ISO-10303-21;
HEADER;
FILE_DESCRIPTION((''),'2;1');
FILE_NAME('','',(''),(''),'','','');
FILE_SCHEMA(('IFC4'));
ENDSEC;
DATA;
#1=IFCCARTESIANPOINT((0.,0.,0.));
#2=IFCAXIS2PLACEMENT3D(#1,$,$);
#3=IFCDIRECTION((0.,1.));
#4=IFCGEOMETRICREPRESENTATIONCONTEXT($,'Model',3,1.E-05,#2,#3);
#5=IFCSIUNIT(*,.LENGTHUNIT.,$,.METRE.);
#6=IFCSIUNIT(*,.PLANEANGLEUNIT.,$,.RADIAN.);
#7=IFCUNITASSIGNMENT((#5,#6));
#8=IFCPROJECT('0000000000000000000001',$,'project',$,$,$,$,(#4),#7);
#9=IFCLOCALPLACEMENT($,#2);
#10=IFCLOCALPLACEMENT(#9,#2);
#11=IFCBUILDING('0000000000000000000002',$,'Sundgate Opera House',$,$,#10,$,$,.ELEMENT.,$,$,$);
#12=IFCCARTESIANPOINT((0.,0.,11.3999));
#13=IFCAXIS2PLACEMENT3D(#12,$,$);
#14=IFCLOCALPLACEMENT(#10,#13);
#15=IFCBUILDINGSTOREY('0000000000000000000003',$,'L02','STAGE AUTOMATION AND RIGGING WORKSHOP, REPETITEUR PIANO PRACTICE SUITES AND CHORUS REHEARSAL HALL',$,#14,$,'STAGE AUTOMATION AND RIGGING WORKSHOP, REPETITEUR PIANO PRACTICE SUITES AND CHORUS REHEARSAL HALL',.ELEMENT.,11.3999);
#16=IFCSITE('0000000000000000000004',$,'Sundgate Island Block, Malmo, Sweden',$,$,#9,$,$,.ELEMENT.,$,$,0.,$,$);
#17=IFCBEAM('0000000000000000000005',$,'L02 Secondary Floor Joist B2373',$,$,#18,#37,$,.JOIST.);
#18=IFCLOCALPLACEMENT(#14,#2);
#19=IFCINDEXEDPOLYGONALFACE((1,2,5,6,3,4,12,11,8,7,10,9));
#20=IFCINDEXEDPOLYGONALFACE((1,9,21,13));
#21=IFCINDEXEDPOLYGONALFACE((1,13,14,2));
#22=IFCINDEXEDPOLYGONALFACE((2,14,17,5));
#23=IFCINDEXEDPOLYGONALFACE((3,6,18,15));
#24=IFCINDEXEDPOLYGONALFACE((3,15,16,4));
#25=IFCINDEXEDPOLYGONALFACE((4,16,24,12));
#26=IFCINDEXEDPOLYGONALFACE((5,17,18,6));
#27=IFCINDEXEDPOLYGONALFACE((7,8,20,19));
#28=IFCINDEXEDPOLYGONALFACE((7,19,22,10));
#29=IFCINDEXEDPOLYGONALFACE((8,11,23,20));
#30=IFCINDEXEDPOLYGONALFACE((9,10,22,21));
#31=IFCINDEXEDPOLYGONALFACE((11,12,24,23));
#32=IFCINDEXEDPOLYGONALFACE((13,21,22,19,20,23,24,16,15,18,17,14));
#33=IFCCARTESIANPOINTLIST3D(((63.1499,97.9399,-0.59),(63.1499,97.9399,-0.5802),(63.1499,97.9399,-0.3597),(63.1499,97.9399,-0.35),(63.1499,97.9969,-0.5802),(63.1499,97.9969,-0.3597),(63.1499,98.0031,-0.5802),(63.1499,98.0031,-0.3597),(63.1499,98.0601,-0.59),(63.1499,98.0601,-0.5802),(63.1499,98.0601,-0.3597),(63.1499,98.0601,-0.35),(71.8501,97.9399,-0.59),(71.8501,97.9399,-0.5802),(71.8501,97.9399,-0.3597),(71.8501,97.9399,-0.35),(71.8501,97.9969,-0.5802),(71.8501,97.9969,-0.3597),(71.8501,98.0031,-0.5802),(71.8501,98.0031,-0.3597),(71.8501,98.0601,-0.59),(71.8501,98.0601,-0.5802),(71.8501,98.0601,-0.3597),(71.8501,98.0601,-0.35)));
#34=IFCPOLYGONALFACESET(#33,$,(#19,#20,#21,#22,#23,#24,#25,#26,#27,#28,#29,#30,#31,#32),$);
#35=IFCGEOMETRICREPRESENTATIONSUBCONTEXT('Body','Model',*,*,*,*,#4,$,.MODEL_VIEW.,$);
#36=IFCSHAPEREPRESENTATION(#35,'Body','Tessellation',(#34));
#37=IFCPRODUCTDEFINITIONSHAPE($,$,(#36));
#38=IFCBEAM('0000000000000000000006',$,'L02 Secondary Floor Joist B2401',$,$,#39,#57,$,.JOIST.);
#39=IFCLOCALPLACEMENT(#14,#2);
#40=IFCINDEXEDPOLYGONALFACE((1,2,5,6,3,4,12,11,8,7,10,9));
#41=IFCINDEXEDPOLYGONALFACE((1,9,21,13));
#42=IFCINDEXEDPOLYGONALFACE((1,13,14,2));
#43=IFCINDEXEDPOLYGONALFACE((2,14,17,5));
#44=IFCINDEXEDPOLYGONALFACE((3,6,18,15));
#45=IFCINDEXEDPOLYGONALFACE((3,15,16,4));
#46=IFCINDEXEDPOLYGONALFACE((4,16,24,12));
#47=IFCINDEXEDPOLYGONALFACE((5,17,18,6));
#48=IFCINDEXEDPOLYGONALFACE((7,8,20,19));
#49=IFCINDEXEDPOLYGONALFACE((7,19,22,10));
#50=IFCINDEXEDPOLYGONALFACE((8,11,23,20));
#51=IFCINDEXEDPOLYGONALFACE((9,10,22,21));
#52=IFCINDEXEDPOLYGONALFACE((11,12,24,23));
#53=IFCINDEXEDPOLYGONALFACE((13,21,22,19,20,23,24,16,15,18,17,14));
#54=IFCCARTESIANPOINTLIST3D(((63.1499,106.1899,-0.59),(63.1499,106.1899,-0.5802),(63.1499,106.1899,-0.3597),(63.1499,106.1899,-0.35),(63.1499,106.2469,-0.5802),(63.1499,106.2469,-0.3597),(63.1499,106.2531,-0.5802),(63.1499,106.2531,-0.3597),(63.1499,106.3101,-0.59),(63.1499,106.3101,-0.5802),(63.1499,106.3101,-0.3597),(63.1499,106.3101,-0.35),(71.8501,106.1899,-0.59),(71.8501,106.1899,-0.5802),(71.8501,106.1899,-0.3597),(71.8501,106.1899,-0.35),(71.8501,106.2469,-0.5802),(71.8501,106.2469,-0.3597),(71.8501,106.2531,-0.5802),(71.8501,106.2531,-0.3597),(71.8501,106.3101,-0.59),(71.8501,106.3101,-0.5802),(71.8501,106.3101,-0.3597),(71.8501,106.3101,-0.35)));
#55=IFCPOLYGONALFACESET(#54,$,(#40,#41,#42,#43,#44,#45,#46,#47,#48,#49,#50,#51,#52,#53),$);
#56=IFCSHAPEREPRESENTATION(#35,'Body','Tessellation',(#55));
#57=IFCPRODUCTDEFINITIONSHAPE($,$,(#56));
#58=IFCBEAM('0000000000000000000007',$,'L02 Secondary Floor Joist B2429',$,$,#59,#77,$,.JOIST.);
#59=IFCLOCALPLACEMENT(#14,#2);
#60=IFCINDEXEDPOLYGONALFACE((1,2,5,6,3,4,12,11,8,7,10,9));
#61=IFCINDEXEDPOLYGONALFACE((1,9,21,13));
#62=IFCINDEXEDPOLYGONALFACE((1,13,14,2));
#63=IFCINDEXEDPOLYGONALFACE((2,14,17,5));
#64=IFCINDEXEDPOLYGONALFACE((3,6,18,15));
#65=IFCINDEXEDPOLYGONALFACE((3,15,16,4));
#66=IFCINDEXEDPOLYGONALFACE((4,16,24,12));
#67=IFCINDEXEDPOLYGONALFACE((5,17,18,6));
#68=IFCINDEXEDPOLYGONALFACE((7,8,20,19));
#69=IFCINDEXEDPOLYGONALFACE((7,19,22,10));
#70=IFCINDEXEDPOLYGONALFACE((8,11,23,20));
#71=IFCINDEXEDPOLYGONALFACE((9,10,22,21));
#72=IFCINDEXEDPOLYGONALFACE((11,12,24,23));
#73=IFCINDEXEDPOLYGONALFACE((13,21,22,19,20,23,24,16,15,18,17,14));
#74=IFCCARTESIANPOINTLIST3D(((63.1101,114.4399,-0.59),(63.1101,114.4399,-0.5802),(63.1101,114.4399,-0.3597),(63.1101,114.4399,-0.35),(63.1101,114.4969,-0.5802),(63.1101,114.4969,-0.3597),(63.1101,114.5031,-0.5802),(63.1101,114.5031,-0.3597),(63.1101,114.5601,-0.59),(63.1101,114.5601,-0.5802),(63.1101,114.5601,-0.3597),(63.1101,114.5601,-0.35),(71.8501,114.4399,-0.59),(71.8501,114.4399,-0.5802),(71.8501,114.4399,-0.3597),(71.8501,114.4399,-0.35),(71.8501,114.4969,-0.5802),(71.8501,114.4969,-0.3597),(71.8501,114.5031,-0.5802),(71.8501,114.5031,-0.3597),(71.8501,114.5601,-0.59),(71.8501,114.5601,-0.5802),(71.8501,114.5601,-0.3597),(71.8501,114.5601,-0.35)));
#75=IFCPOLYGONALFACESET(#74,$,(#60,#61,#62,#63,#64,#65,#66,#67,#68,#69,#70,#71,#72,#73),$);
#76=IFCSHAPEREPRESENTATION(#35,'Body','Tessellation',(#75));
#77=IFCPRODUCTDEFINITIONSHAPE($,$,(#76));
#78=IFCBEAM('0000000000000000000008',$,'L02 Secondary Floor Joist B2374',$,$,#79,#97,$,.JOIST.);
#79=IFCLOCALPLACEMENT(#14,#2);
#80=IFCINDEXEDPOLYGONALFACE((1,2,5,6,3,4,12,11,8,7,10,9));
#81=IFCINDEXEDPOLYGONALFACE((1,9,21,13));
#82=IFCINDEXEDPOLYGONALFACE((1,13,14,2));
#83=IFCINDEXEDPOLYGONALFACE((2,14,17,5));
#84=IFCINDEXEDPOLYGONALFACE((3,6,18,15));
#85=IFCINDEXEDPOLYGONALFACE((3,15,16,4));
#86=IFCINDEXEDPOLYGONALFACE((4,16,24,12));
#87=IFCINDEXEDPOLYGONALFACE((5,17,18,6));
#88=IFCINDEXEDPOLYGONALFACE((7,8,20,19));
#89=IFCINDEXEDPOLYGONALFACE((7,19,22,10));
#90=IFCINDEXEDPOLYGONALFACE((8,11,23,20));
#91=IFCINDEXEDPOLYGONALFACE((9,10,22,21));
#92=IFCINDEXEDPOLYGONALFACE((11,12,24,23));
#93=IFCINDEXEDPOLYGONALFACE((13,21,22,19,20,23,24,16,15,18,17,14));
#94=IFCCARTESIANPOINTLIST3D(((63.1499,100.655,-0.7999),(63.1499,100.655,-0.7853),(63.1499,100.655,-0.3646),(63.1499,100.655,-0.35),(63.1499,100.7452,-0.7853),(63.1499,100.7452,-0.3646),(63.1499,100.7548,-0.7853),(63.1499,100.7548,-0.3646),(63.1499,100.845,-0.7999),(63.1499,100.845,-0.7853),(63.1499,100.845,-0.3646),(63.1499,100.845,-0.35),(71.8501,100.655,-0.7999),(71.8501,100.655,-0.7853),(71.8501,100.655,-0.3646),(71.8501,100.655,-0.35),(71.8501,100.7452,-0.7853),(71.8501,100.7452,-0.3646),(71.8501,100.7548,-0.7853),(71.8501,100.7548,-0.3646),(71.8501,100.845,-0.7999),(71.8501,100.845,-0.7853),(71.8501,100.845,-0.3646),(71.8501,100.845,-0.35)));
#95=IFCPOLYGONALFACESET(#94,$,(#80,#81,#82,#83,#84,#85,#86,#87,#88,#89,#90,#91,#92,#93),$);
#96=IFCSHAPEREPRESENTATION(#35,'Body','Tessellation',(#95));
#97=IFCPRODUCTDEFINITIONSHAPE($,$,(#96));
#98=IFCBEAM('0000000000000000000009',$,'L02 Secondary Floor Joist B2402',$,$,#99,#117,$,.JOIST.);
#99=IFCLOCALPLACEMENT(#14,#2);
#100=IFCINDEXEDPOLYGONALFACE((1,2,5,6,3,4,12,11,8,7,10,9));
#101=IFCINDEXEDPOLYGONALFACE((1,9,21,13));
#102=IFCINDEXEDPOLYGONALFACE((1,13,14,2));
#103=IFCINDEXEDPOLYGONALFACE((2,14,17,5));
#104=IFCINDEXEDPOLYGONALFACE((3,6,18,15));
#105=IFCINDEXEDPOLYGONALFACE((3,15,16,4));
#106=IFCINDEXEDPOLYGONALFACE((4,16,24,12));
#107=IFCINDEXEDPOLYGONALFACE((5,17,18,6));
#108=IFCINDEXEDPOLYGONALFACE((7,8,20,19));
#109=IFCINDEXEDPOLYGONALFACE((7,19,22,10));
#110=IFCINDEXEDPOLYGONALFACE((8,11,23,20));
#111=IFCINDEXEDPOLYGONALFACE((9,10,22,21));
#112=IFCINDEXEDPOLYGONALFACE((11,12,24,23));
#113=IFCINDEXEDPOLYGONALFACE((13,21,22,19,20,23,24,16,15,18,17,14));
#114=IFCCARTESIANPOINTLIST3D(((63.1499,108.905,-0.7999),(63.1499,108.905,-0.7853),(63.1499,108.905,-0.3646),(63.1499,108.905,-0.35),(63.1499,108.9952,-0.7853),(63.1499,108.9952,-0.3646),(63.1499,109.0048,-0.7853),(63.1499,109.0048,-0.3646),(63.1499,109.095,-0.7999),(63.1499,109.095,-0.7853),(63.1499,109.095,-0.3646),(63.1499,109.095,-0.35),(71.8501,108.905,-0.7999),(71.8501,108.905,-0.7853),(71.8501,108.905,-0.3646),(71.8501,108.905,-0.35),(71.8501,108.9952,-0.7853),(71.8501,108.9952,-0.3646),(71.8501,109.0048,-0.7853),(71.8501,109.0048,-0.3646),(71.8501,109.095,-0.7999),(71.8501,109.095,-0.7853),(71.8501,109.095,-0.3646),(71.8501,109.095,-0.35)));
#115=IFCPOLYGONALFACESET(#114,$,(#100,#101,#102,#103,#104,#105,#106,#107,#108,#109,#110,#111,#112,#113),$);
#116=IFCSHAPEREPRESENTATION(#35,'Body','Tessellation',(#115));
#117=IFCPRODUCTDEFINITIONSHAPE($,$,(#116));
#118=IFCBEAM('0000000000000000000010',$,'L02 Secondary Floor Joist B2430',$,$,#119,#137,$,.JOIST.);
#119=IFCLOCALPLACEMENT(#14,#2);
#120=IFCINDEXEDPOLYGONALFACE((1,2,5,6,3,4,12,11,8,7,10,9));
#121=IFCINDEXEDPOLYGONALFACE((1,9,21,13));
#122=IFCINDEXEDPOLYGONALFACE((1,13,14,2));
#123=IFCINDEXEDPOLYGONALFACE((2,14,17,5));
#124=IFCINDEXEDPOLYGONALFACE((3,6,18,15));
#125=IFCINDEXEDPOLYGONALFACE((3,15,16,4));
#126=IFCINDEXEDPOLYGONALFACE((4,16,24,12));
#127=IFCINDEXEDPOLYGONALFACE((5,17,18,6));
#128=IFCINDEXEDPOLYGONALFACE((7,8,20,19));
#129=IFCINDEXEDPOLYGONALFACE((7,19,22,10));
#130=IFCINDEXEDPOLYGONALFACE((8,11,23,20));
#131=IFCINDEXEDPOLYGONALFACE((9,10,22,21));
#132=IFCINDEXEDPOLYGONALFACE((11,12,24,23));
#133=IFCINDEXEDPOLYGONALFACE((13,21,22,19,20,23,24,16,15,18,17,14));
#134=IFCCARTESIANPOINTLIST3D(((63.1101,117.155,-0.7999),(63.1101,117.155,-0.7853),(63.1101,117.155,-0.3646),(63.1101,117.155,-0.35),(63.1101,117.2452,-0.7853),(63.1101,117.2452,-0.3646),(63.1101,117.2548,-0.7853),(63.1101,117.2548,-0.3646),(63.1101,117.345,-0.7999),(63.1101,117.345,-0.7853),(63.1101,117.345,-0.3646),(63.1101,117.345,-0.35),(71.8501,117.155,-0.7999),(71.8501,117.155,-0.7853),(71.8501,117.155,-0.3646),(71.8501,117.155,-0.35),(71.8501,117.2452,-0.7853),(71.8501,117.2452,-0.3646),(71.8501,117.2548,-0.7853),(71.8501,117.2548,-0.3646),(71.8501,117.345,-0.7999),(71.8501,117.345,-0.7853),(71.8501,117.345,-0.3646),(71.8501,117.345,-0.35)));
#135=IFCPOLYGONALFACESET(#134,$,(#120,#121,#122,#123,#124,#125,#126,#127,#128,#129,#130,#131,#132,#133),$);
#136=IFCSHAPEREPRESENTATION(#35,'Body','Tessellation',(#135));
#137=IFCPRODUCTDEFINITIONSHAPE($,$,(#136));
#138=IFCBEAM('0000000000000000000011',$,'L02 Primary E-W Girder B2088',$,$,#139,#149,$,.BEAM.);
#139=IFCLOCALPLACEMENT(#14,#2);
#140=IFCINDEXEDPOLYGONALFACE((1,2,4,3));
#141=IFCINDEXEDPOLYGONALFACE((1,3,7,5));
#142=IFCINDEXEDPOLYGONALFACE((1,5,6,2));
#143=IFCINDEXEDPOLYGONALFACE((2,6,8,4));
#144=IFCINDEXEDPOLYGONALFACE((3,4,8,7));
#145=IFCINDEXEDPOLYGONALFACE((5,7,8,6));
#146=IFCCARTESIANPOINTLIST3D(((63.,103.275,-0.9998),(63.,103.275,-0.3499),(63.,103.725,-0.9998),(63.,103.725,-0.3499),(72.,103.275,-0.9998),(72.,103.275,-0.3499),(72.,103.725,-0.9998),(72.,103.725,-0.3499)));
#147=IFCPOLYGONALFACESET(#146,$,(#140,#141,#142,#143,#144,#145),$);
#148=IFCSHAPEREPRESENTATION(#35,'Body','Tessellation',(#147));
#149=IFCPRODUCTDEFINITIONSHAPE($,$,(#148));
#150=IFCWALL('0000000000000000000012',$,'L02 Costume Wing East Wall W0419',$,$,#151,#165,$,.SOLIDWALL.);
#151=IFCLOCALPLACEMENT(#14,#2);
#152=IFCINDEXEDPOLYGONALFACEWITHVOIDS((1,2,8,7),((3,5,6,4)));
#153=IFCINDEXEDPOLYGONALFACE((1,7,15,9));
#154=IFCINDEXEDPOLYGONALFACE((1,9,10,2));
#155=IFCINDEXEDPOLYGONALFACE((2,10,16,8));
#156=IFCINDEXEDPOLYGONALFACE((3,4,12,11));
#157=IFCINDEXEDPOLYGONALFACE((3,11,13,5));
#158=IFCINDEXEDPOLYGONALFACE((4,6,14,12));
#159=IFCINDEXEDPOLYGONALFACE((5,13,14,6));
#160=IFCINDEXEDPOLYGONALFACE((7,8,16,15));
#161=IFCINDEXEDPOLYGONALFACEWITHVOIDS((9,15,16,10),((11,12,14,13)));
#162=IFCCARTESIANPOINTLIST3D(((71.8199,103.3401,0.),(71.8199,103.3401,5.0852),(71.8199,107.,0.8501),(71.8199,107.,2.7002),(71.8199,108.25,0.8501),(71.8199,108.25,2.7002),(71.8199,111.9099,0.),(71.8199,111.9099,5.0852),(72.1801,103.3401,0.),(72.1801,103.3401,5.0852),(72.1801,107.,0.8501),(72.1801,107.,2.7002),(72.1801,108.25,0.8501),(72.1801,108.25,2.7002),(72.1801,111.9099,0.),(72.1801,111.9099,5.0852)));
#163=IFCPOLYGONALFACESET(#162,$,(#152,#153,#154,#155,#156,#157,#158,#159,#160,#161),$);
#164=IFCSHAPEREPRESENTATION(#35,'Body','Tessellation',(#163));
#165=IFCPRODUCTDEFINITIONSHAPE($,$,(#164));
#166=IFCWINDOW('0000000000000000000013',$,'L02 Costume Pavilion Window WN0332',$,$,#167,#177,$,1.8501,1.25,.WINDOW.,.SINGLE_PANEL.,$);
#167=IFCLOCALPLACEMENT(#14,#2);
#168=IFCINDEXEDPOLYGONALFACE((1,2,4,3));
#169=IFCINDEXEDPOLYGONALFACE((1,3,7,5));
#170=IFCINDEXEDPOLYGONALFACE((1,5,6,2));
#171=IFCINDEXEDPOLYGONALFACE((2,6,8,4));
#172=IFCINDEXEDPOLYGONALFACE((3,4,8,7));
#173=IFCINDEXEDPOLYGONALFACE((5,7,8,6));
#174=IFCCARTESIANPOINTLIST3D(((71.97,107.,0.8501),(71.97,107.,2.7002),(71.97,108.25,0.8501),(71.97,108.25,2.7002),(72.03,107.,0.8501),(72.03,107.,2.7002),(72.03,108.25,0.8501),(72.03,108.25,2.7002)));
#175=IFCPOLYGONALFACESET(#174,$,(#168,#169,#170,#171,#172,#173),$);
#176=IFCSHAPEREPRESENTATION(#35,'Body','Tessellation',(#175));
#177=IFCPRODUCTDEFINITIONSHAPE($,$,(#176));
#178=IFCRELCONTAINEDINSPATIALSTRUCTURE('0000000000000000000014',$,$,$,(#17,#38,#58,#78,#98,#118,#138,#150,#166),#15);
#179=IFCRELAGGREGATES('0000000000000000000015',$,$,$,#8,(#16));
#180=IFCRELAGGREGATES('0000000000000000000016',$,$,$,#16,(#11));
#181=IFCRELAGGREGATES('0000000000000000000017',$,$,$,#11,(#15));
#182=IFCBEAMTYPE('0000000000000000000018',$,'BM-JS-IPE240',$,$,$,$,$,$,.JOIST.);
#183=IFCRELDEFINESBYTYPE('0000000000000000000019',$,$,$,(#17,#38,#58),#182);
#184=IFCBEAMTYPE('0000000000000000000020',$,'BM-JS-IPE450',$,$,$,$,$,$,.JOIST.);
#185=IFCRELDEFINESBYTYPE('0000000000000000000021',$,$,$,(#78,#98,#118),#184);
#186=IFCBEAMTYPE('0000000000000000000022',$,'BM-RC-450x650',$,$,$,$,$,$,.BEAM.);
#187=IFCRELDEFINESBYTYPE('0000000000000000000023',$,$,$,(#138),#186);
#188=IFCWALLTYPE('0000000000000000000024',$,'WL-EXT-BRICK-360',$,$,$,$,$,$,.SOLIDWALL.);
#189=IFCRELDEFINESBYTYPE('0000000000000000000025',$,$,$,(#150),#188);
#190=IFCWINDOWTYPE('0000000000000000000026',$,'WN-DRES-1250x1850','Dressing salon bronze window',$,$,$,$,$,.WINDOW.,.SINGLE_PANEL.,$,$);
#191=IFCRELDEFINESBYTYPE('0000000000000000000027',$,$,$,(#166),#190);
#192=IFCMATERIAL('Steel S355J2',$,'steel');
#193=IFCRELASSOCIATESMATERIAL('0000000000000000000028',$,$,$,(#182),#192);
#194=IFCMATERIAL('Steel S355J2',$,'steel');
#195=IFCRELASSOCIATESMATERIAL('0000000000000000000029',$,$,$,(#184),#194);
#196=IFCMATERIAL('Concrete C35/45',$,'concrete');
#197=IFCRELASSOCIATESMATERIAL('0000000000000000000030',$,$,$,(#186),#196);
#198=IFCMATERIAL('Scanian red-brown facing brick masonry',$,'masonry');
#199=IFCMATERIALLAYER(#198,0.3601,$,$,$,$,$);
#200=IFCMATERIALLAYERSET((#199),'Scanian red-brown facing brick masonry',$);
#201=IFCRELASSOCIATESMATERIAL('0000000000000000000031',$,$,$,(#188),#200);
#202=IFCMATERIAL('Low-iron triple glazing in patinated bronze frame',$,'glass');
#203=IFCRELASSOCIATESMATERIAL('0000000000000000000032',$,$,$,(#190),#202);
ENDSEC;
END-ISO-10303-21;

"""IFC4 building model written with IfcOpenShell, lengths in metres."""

from ifc_helpers import new_model, si_unit, direction, frame, frame_2d, origin, origin_2d, place, context, subcontext, project, spatial, rectangle, i_section, extrude, material, layer, layer_set, material_profile, profile_set, type_object, element, fill, save


model = new_model("IFC4")

# Units and contexts
model_context = context("Model", 3, precision=1e-05, world=origin(), true_north=direction((0.0, 1.0)))
body_context = subcontext(model_context, "Body", "Model", "MODEL_VIEW")
ifc_project = project(units=[si_unit("LENGTHUNIT", "METRE"), si_unit("PLANEANGLEUNIT", "RADIAN")], contexts=[model_context])

# Site, building, storey
site_placement = place(None, origin())
site = spatial("IfcSite", under=ifc_project, at=site_placement, Name="Sundgate Island Block, Malmo, Sweden", CompositionType="ELEMENT", RefElevation=0.0)
building_placement = place(site_placement, origin())
building = spatial("IfcBuilding", under=site, at=building_placement, Name="Sundgate Opera House", CompositionType="ELEMENT")
storey_placement = place(building_placement, frame((0.0, 0.0, 11.3999)))
storey = spatial("IfcBuildingStorey", under=building, at=storey_placement, Name="L02", Description="STAGE AUTOMATION AND RIGGING WORKSHOP, REPETITEUR PIANO PRACTICE SUITES AND CHORUS REHEARSAL HALL", LongName="STAGE AUTOMATION AND RIGGING WORKSHOP, REPETITEUR PIANO PRACTICE SUITES AND CHORUS REHEARSAL HALL", CompositionType="ELEMENT", Elevation=11.3999)

# Beams
ifc_material_1 = material(Name="Steel S355J2", Category="steel")
ifc_material_profile_1 = material_profile(ifc_material_1, i_section(OverallWidth=0.1201, OverallDepth=0.24, WebThickness=0.0061, FlangeThickness=0.0098, at=origin_2d()), Name="IPE 240")
ifc_profile_set_1 = profile_set([ifc_material_profile_1], Name="Steel S355J2")
beam_type_1 = type_object("IfcBeamType", Name="BM-JS-IPE240", PredefinedType="JOIST", material=ifc_profile_set_1)
for number, where, z_axis, x_axis, name in (
    (1, (63.1499, 98.0, -0.47), (1.0, 0.0, 0.0), (0.0, 1.0, 0.0), "L02 Secondary Floor Joist B2373"),
    (2, (63.1499, 106.25, -0.47), (1.0, 0.0, 0.0), (0.0, 1.0, 0.0), "L02 Secondary Floor Joist B2401"),
):
    element("IfcBeam", number, at=place(storey_placement, frame(where, z_axis=z_axis, x_axis=x_axis)), inside=storey, type_object=beam_type_1, Name=name, PredefinedType="JOIST", context=body_context, shape_type="SweptSolid", body=[
        extrude(i_section(OverallWidth=0.1201, OverallDepth=0.24, WebThickness=0.0061, FlangeThickness=0.0098, at=origin_2d()), origin(), (0.0, 0.0, 1.0), 8.7002),
    ])
beam_1_placement = place(storey_placement, frame((63.1101, 114.5, -0.47), z_axis=(1.0, 0.0, 0.0), x_axis=(0.0, 1.0, 0.0)))
element("IfcBeam", 3, at=beam_1_placement, inside=storey, type_object=beam_type_1, Name="L02 Secondary Floor Joist B2429", PredefinedType="JOIST", context=body_context, shape_type="SweptSolid", body=[
    extrude(i_section(OverallWidth=0.1201, OverallDepth=0.24, WebThickness=0.0061, FlangeThickness=0.0098, at=origin_2d()), origin(), (0.0, 0.0, 1.0), 8.74),
])
ifc_material_2 = material(Name="Steel S355J2", Category="steel")
ifc_material_profile_2 = material_profile(ifc_material_2, i_section(OverallWidth=0.1899, OverallDepth=0.45, WebThickness=0.0095, FlangeThickness=0.0146, at=origin_2d()), Name="IPE 450")
ifc_profile_set_2 = profile_set([ifc_material_profile_2], Name="Steel S355J2")
beam_type_2 = type_object("IfcBeamType", Name="BM-JS-IPE450", PredefinedType="JOIST", material=ifc_profile_set_2)
for number, where, z_axis, x_axis, name in (
    (4, (63.1499, 100.75, -0.575), (1.0, 0.0, 0.0), (0.0, 1.0, 0.0), "L02 Secondary Floor Joist B2374"),
    (5, (63.1499, 109.0, -0.575), (1.0, 0.0, 0.0), (0.0, 1.0, 0.0), "L02 Secondary Floor Joist B2402"),
):
    element("IfcBeam", number, at=place(storey_placement, frame(where, z_axis=z_axis, x_axis=x_axis)), inside=storey, type_object=beam_type_2, Name=name, PredefinedType="JOIST", context=body_context, shape_type="SweptSolid", body=[
        extrude(i_section(OverallWidth=0.1899, OverallDepth=0.45, WebThickness=0.0095, FlangeThickness=0.0146, at=origin_2d()), origin(), (0.0, 0.0, 1.0), 8.7002),
    ])
beam_2_placement = place(storey_placement, frame((63.1101, 117.25, -0.575), z_axis=(1.0, 0.0, 0.0), x_axis=(0.0, 1.0, 0.0)))
element("IfcBeam", 6, at=beam_2_placement, inside=storey, type_object=beam_type_2, Name="L02 Secondary Floor Joist B2430", PredefinedType="JOIST", context=body_context, shape_type="SweptSolid", body=[
    extrude(i_section(OverallWidth=0.1899, OverallDepth=0.45, WebThickness=0.0095, FlangeThickness=0.0146, at=origin_2d()), origin(), (0.0, 0.0, 1.0), 8.74),
])
ifc_material_3 = material(Name="Concrete C35/45", Category="concrete")
ifc_material_profile_3 = material_profile(ifc_material_3, rectangle(XDim=0.45, YDim=0.6499, at=origin_2d()), Name="RC 450x650")
ifc_profile_set_3 = profile_set([ifc_material_profile_3], Name="Concrete C35/45")
beam_type_3 = type_object("IfcBeamType", Name="BM-RC-450x650", PredefinedType="BEAM", material=ifc_profile_set_3)
beam_3_placement = place(storey_placement, frame((63.0, 103.5, -0.6748), z_axis=(1.0, 0.0, 0.0), x_axis=(0.0, 1.0, 0.0)))
element("IfcBeam", 7, at=beam_3_placement, inside=storey, type_object=beam_type_3, Name="L02 Primary E-W Girder B2088", PredefinedType="BEAM", context=body_context, shape_type="SweptSolid", body=[
    extrude(rectangle(XDim=0.45, YDim=0.6499, at=origin_2d()), origin(), (0.0, 0.0, 1.0), 9.0),
])

# Wall, opening, window
ifc_material_4 = material(Name="Scanian red-brown facing brick masonry", Category="masonry")
ifc_layer_1 = layer(ifc_material_4, 0.3601)
ifc_layer_set_1 = layer_set([ifc_layer_1], Name="Scanian red-brown facing brick masonry")
wall_type_1 = type_object("IfcWallType", Name="WL-EXT-BRICK-360", PredefinedType="SOLIDWALL", material=ifc_layer_set_1)
wall_1_placement = place(storey_placement, frame((72.0, 103.3401, 0.0), z_axis=(0.0, 0.0, 1.0), x_axis=(0.0, 1.0, 0.0)))
wall_1 = element("IfcWall", 8, at=wall_1_placement, inside=storey, type_object=wall_type_1, Name="L02 Costume Wing East Wall W0419", PredefinedType="SOLIDWALL", context=body_context, shape_type="SweptSolid", body=[
    extrude(rectangle(XDim=8.5698, YDim=0.3601, at=frame_2d((4.2849, 0.0))), origin(), (0.0, 0.0, 1.0), 5.0852),
])
opening_1_placement = place(wall_1_placement, frame((3.6599, 0.0, 0.8501)))
opening_1 = element("IfcOpeningElement", 9, at=opening_1_placement, cuts=wall_1, PredefinedType="OPENING", context=body_context, shape_type="SweptSolid", body=[
    extrude(rectangle(XDim=1.25, YDim=1.8501, at=frame_2d((0.625, 0.925))), frame((0.0, 0.1899, 0.0), z_axis=(0.0, -1.0, 0.0), x_axis=(1.0, 0.0, 0.0)), (0.0, 0.0, 1.0), 0.3801),
])
ifc_material_5 = material(Name="Low-iron triple glazing in patinated bronze frame", Category="glass")
window_type_1 = type_object("IfcWindowType", Name="WN-DRES-1250x1850", Description="Dressing salon bronze window", PartitioningType="SINGLE_PANEL", PredefinedType="WINDOW", material=ifc_material_5)
window_1_placement = place(opening_1_placement, origin())
window_1 = element("IfcWindow", 10, at=window_1_placement, inside=storey, type_object=window_type_1, Name="L02 Costume Pavilion Window WN0332", OverallHeight=1.8501, OverallWidth=1.25, PartitioningType="SINGLE_PANEL", PredefinedType="WINDOW", context=body_context, shape_type="SweptSolid", body=[
    extrude(rectangle(XDim=1.25, YDim=1.8501, at=frame_2d((0.625, 0.925))), frame((0.0, 0.03, 0.0), z_axis=(0.0, -1.0, 0.0), x_axis=(1.0, 0.0, 0.0)), (0.0, 0.0, 1.0), 0.0601),
])
fill(opening_1, window_1)

save(model, "model.ifc")
